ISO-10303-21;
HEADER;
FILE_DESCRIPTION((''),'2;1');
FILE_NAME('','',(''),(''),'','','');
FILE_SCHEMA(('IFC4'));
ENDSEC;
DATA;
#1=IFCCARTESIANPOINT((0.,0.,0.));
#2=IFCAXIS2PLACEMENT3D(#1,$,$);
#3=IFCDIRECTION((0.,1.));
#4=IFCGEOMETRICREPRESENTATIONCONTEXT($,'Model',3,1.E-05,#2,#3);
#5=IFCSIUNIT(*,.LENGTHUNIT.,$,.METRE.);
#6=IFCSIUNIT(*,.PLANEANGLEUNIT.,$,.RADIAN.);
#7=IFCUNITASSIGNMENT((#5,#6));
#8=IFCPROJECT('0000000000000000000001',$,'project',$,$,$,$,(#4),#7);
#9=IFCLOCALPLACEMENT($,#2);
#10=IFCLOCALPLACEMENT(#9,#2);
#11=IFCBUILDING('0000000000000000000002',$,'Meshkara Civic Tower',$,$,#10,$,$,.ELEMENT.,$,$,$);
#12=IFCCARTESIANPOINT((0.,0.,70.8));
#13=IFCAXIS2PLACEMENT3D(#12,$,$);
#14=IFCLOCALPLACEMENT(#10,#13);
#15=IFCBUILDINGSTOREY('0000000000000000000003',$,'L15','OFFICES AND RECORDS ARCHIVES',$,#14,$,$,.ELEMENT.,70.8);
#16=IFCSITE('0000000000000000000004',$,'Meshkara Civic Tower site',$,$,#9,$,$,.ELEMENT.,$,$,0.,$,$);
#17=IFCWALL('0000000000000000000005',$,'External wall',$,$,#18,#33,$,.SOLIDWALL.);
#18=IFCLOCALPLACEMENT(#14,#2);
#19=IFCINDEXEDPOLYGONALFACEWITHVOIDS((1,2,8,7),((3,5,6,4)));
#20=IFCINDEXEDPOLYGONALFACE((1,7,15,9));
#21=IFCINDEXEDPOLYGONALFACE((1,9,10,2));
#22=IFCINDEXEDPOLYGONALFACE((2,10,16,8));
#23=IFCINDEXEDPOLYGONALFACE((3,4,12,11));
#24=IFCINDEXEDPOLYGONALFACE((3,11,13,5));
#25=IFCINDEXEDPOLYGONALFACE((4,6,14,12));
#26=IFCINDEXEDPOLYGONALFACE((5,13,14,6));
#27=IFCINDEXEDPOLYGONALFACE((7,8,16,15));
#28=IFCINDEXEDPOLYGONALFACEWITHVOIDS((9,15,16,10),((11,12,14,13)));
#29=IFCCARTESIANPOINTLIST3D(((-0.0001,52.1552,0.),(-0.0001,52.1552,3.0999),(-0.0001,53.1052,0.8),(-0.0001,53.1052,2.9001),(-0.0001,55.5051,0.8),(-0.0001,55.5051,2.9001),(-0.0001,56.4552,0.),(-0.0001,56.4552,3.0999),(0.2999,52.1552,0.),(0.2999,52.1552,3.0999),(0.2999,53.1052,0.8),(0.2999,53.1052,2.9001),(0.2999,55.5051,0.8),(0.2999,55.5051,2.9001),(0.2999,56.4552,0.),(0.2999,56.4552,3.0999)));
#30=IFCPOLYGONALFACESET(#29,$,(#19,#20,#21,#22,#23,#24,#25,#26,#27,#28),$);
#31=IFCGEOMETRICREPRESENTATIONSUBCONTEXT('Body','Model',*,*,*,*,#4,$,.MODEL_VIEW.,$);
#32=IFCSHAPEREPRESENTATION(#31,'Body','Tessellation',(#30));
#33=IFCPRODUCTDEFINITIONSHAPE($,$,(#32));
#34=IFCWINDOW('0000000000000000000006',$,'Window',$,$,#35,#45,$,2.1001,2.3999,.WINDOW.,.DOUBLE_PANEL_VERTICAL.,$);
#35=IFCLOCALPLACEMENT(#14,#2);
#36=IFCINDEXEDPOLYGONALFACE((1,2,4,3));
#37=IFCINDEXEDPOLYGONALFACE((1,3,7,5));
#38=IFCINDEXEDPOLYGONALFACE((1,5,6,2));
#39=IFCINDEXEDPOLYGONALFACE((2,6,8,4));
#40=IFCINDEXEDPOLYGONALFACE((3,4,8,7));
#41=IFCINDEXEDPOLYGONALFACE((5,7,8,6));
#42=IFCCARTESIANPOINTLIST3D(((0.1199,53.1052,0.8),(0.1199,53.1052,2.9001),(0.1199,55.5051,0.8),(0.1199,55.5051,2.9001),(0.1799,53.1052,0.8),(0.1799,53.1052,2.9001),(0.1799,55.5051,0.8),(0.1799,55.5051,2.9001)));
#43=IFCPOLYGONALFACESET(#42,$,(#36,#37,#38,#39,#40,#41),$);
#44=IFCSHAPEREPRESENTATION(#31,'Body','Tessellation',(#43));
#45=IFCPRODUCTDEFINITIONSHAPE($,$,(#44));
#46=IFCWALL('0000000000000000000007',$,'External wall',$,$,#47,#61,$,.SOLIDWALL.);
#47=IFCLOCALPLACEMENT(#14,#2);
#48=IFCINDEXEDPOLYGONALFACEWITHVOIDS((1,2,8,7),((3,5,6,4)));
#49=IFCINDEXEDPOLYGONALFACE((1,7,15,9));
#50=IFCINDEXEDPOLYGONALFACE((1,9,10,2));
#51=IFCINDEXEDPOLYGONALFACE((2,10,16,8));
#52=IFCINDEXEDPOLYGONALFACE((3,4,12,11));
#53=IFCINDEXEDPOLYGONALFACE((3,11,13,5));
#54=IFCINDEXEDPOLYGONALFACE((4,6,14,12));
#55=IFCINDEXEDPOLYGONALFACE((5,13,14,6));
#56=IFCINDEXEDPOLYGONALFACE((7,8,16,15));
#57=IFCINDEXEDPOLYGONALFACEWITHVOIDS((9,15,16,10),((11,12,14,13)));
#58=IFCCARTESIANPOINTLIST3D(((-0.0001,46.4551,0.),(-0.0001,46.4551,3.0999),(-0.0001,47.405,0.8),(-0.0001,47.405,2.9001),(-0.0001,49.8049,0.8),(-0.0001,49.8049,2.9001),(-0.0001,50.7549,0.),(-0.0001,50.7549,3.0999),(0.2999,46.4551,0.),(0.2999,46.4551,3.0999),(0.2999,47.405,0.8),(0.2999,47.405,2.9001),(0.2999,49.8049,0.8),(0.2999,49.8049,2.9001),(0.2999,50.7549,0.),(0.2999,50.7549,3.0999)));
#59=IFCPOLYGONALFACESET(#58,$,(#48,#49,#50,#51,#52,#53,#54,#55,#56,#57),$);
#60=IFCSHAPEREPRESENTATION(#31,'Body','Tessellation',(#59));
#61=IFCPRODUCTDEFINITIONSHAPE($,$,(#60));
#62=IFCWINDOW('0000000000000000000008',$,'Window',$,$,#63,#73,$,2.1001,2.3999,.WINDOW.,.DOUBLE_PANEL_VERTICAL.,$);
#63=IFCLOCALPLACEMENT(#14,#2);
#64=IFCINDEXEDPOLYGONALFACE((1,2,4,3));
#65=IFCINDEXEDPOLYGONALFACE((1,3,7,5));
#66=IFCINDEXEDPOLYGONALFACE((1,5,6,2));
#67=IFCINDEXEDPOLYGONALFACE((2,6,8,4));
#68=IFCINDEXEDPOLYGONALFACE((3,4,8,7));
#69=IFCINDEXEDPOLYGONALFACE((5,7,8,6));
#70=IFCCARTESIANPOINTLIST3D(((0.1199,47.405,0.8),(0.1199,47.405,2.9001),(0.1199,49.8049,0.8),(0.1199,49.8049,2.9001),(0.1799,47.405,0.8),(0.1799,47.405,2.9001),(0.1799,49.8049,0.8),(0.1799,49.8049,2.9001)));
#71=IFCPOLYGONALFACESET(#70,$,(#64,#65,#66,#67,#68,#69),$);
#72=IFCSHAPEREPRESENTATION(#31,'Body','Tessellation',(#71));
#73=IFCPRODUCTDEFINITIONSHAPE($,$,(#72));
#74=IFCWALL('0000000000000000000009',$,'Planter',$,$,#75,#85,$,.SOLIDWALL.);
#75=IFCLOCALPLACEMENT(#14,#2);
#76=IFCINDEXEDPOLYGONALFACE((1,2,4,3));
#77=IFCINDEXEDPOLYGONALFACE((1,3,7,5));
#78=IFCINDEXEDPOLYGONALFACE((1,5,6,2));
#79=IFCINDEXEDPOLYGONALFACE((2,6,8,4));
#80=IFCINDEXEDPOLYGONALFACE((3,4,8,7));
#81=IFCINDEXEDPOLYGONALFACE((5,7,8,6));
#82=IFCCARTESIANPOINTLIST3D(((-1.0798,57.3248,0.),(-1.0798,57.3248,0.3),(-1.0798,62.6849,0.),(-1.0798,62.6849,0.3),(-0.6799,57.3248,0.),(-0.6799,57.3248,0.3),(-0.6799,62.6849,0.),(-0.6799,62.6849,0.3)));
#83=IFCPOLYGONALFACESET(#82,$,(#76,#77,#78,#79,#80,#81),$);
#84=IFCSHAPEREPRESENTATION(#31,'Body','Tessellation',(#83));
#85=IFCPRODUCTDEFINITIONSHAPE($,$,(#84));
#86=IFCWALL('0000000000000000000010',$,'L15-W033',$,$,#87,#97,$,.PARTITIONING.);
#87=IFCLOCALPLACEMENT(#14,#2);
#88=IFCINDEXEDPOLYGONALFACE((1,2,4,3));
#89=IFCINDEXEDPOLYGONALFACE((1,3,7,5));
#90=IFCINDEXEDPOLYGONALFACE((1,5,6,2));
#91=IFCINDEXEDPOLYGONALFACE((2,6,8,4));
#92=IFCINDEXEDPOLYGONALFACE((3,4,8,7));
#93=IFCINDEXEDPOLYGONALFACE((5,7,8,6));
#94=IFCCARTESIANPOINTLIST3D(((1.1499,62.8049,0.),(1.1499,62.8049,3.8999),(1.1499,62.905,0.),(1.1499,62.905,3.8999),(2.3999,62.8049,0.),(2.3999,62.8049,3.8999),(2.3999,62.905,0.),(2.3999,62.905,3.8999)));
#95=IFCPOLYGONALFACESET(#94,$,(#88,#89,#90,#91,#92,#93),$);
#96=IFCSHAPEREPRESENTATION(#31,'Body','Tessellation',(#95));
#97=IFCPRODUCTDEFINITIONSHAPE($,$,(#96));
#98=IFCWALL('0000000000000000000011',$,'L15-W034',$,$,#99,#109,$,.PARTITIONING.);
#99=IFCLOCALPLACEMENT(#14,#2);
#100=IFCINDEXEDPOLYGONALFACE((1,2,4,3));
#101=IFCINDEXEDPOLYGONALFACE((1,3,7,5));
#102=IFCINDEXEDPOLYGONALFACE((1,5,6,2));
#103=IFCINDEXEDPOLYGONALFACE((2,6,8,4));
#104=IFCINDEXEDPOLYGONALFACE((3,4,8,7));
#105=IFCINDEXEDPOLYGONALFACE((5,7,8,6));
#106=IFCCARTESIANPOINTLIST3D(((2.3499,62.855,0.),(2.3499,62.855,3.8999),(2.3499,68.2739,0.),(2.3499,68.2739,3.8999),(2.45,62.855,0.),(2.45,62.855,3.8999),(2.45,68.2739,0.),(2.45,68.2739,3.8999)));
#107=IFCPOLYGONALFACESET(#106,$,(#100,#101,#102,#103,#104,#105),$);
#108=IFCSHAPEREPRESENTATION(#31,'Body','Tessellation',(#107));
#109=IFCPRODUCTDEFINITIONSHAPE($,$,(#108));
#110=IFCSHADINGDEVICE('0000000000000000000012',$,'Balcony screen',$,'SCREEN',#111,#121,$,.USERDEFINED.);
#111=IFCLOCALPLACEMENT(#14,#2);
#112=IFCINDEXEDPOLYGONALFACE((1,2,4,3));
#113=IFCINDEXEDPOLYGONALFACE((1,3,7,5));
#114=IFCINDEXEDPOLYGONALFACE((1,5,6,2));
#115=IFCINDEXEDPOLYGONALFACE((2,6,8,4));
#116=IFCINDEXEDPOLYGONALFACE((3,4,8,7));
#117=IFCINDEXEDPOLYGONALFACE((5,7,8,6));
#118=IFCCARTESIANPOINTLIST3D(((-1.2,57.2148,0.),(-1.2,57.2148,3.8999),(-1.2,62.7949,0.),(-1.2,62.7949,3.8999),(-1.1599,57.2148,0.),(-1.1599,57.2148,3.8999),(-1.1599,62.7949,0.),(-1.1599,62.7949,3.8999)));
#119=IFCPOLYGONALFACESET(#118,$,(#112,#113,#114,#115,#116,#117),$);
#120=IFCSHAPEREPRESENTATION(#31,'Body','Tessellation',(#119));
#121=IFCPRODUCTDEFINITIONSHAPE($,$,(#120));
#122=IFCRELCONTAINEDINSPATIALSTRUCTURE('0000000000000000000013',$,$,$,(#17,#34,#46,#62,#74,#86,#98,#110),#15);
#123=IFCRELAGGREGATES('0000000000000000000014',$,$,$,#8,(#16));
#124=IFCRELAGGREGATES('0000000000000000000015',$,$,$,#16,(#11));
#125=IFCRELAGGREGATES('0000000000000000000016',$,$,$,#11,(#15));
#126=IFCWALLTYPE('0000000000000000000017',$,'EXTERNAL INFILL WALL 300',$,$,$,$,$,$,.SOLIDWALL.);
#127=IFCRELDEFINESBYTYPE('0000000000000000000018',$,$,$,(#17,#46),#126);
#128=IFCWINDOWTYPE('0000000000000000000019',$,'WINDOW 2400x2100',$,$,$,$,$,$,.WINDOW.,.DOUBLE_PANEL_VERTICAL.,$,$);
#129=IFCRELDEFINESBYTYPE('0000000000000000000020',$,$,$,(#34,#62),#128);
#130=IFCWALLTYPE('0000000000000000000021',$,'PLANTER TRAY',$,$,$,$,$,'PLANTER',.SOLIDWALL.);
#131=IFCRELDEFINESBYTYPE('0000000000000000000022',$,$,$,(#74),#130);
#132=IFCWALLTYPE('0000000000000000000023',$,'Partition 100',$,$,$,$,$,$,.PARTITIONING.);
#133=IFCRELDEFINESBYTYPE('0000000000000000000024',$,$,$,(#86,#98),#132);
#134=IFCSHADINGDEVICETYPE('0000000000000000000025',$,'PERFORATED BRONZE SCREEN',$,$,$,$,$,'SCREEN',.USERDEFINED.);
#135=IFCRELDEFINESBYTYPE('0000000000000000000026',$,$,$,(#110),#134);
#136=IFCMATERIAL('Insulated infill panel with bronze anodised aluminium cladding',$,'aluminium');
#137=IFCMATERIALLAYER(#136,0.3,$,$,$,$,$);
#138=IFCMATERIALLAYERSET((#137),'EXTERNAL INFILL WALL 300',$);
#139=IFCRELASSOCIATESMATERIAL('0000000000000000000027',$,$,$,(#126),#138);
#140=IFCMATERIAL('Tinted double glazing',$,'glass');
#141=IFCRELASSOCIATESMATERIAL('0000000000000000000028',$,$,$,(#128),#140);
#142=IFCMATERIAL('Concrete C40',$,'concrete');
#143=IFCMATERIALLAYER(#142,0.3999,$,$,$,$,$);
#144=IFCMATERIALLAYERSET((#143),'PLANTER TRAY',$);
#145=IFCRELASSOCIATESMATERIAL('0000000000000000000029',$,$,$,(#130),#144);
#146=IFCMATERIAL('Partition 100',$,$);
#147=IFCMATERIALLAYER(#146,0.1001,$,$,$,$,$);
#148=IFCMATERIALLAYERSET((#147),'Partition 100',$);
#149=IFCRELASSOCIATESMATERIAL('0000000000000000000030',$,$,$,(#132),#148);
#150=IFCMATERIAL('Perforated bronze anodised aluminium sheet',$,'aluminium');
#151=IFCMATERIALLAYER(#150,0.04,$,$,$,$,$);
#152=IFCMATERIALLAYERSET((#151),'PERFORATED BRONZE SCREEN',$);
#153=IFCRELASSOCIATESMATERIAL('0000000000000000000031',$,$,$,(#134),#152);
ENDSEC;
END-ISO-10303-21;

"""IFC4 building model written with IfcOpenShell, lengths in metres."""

from ifc_helpers import new_model, si_unit, direction, frame, frame_2d, origin, origin_2d, place, context, subcontext, project, spatial, rectangle, extrude, material, layer, layer_set, type_object, element, fill, save


model = new_model("IFC4")

# Units and contexts
model_context = context("Model", 3, precision=1e-05, world=origin(), true_north=direction((0.0, 1.0)))
body_context = subcontext(model_context, "Body", "Model", "MODEL_VIEW")
ifc_project = project(units=[si_unit("LENGTHUNIT", "METRE"), si_unit("PLANEANGLEUNIT", "RADIAN")], contexts=[model_context])

# Site, building, storey
site_placement = place(None, origin())
site = spatial("IfcSite", under=ifc_project, at=site_placement, Name="Meshkara Civic Tower site", CompositionType="ELEMENT", RefElevation=0.0)
building_placement = place(site_placement, origin())
building = spatial("IfcBuilding", under=site, at=building_placement, Name="Meshkara Civic Tower", CompositionType="ELEMENT")
storey_placement = place(building_placement, frame((0.0, 0.0, 70.8)))
storey = spatial("IfcBuildingStorey", under=building, at=storey_placement, Name="L15", Description="OFFICES AND RECORDS ARCHIVES", CompositionType="ELEMENT", Elevation=70.8)

# Walls, openings, windows
ifc_material_1 = material(Name="Insulated infill panel with bronze anodised aluminium cladding", Category="aluminium")
ifc_layer_1 = layer(ifc_material_1, 0.3)
ifc_layer_set_1 = layer_set([ifc_layer_1], Name="EXTERNAL INFILL WALL 300")
wall_type_1 = type_object("IfcWallType", Name="EXTERNAL INFILL WALL 300", PredefinedType="SOLIDWALL", material=ifc_layer_set_1)
ifc_material_2 = material(Name="Tinted double glazing", Category="glass")
window_type = type_object("IfcWindowType", Name="WINDOW 2400x2100", PartitioningType="DOUBLE_PANEL_VERTICAL", PredefinedType="WINDOW", material=ifc_material_2)
wall_1_placement = place(storey_placement, frame((0.1499, 56.4551, 0.0), z_axis=(0.0, 0.0, 1.0), x_axis=(0.0, -1.0, 0.0)))
wall_1 = element("IfcWall", 1, at=wall_1_placement, inside=storey, type_object=wall_type_1, Name="External wall", PredefinedType="SOLIDWALL", context=body_context, shape_type="SweptSolid", body=[
    extrude(rectangle(XDim=4.3, YDim=0.3, at=frame_2d((2.1499, 0.0))), origin(), (0.0, 0.0, 1.0), 3.0999),
])
opening_1_placement = place(wall_1_placement, frame((0.95, 0.0, 0.8)))
opening_1 = element("IfcOpeningElement", 2, at=opening_1_placement, cuts=wall_1, PredefinedType="OPENING", context=body_context, shape_type="SweptSolid", body=[
    extrude(rectangle(XDim=2.3999, YDim=2.1001, at=frame_2d((1.2, 1.05))), frame((0.0, 0.1599, 0.0), z_axis=(0.0, -1.0, 0.0), x_axis=(1.0, 0.0, 0.0)), (0.0, 0.0, 1.0), 0.3201),
])
window_1_placement = place(opening_1_placement, origin())
window_1 = element("IfcWindow", 3, at=window_1_placement, inside=storey, type_object=window_type, Name="Window", OverallHeight=2.1001, OverallWidth=2.3999, PartitioningType="DOUBLE_PANEL_VERTICAL", PredefinedType="WINDOW", context=body_context, shape_type="SweptSolid", body=[
    extrude(rectangle(XDim=2.3999, YDim=2.1001, at=frame_2d((1.2, 1.05))), frame((0.0, 0.03, 0.0), z_axis=(0.0, -1.0, 0.0), x_axis=(1.0, 0.0, 0.0)), (0.0, 0.0, 1.0), 0.0601),
])
fill(opening_1, window_1)
wall_2_placement = place(storey_placement, frame((0.1499, 50.7549, 0.0), z_axis=(0.0, 0.0, 1.0), x_axis=(0.0, -1.0, 0.0)))
wall_2 = element("IfcWall", 4, at=wall_2_placement, inside=storey, type_object=wall_type_1, Name="External wall", PredefinedType="SOLIDWALL", context=body_context, shape_type="SweptSolid", body=[
    extrude(rectangle(XDim=4.2998, YDim=0.3, at=frame_2d((2.1499, 0.0))), origin(), (0.0, 0.0, 1.0), 3.0999),
])
opening_2_placement = place(wall_2_placement, frame((0.95, 0.0, 0.8)))
opening_2 = element("IfcOpeningElement", 5, at=opening_2_placement, cuts=wall_2, PredefinedType="OPENING", context=body_context, shape_type="SweptSolid", body=[
    extrude(rectangle(XDim=2.3999, YDim=2.1001, at=frame_2d((1.2, 1.05))), frame((0.0, 0.1599, 0.0), z_axis=(0.0, -1.0, 0.0), x_axis=(1.0, 0.0, 0.0)), (0.0, 0.0, 1.0), 0.3201),
])
window_2_placement = place(opening_2_placement, origin())
window_2 = element("IfcWindow", 6, at=window_2_placement, inside=storey, type_object=window_type, Name="Window", OverallHeight=2.1001, OverallWidth=2.3999, PartitioningType="DOUBLE_PANEL_VERTICAL", PredefinedType="WINDOW", context=body_context, shape_type="SweptSolid", body=[
    extrude(rectangle(XDim=2.3999, YDim=2.1001, at=frame_2d((1.2, 1.05))), frame((0.0, 0.03, 0.0), z_axis=(0.0, -1.0, 0.0), x_axis=(1.0, 0.0, 0.0)), (0.0, 0.0, 1.0), 0.0601),
])
fill(opening_2, window_2)

# Walls
ifc_material_3 = material(Name="Concrete C40", Category="concrete")
ifc_layer_2 = layer(ifc_material_3, 0.3999)
ifc_layer_set_2 = layer_set([ifc_layer_2], Name="PLANTER TRAY")
wall_type_2 = type_object("IfcWallType", Name="PLANTER TRAY", ElementType="PLANTER", PredefinedType="SOLIDWALL", material=ifc_layer_set_2)
wall_3_placement = place(storey_placement, frame((-0.8799, 62.6851, 0.0), z_axis=(0.0, 0.0, 1.0), x_axis=(0.0, -1.0, 0.0)))
element("IfcWall", 7, at=wall_3_placement, inside=storey, type_object=wall_type_2, Name="Planter", PredefinedType="SOLIDWALL", context=body_context, shape_type="SweptSolid", body=[
    extrude(rectangle(XDim=5.3601, YDim=0.3999, at=frame_2d((2.6802, 0.0))), origin(), (0.0, 0.0, 1.0), 0.3),
])
ifc_material_4 = material(Name="Partition 100")
ifc_layer_3 = layer(ifc_material_4, 0.1001)
ifc_layer_set_3 = layer_set([ifc_layer_3], Name="Partition 100")
wall_type_3 = type_object("IfcWallType", Name="Partition 100", PredefinedType="PARTITIONING", material=ifc_layer_set_3)
wall_4_placement = place(storey_placement, frame((1.1499, 62.855, 0.0), z_axis=(0.0, 0.0, 1.0), x_axis=(1.0, 0.0, 0.0)))
element("IfcWall", 8, at=wall_4_placement, inside=storey, type_object=wall_type_3, Name="L15-W033", PredefinedType="PARTITIONING", context=body_context, shape_type="SweptSolid", body=[
    extrude(rectangle(XDim=1.25, YDim=0.1001, at=frame_2d((0.625, 0.0))), origin(), (0.0, 0.0, 1.0), 3.8999),
])
wall_5_placement = place(storey_placement, frame((2.3999, 62.855, 0.0), z_axis=(0.0, 0.0, 1.0), x_axis=(0.0, 1.0, 0.0)))
element("IfcWall", 9, at=wall_5_placement, inside=storey, type_object=wall_type_3, Name="L15-W034", PredefinedType="PARTITIONING", context=body_context, shape_type="SweptSolid", body=[
    extrude(rectangle(XDim=5.4189, YDim=0.1001, at=frame_2d((2.7095, 0.0))), origin(), (0.0, 0.0, 1.0), 3.8999),
])

# Shading device
ifc_material_5 = material(Name="Perforated bronze anodised aluminium sheet", Category="aluminium")
ifc_layer_4 = layer(ifc_material_5, 0.04)
ifc_layer_set_4 = layer_set([ifc_layer_4], Name="PERFORATED BRONZE SCREEN")
shading_device_type = type_object("IfcShadingDeviceType", Name="PERFORATED BRONZE SCREEN", ElementType="SCREEN", PredefinedType="USERDEFINED", material=ifc_layer_set_4)
shading_device_placement = place(storey_placement, frame((-1.1799, 60.0049, 0.0), z_axis=(0.0, 0.0, 1.0), x_axis=(0.0, -1.0, 0.0)))
element("IfcShadingDevice", 10, at=shading_device_placement, inside=storey, type_object=shading_device_type, Name="Balcony screen", ObjectType="SCREEN", PredefinedType="USERDEFINED", context=body_context, shape_type="SweptSolid", body=[
    extrude(rectangle(XDim=5.5801, YDim=0.04, at=origin_2d()), origin(), (0.0, 0.0, 1.0), 3.8999),
])

save(model, "model.ifc")
